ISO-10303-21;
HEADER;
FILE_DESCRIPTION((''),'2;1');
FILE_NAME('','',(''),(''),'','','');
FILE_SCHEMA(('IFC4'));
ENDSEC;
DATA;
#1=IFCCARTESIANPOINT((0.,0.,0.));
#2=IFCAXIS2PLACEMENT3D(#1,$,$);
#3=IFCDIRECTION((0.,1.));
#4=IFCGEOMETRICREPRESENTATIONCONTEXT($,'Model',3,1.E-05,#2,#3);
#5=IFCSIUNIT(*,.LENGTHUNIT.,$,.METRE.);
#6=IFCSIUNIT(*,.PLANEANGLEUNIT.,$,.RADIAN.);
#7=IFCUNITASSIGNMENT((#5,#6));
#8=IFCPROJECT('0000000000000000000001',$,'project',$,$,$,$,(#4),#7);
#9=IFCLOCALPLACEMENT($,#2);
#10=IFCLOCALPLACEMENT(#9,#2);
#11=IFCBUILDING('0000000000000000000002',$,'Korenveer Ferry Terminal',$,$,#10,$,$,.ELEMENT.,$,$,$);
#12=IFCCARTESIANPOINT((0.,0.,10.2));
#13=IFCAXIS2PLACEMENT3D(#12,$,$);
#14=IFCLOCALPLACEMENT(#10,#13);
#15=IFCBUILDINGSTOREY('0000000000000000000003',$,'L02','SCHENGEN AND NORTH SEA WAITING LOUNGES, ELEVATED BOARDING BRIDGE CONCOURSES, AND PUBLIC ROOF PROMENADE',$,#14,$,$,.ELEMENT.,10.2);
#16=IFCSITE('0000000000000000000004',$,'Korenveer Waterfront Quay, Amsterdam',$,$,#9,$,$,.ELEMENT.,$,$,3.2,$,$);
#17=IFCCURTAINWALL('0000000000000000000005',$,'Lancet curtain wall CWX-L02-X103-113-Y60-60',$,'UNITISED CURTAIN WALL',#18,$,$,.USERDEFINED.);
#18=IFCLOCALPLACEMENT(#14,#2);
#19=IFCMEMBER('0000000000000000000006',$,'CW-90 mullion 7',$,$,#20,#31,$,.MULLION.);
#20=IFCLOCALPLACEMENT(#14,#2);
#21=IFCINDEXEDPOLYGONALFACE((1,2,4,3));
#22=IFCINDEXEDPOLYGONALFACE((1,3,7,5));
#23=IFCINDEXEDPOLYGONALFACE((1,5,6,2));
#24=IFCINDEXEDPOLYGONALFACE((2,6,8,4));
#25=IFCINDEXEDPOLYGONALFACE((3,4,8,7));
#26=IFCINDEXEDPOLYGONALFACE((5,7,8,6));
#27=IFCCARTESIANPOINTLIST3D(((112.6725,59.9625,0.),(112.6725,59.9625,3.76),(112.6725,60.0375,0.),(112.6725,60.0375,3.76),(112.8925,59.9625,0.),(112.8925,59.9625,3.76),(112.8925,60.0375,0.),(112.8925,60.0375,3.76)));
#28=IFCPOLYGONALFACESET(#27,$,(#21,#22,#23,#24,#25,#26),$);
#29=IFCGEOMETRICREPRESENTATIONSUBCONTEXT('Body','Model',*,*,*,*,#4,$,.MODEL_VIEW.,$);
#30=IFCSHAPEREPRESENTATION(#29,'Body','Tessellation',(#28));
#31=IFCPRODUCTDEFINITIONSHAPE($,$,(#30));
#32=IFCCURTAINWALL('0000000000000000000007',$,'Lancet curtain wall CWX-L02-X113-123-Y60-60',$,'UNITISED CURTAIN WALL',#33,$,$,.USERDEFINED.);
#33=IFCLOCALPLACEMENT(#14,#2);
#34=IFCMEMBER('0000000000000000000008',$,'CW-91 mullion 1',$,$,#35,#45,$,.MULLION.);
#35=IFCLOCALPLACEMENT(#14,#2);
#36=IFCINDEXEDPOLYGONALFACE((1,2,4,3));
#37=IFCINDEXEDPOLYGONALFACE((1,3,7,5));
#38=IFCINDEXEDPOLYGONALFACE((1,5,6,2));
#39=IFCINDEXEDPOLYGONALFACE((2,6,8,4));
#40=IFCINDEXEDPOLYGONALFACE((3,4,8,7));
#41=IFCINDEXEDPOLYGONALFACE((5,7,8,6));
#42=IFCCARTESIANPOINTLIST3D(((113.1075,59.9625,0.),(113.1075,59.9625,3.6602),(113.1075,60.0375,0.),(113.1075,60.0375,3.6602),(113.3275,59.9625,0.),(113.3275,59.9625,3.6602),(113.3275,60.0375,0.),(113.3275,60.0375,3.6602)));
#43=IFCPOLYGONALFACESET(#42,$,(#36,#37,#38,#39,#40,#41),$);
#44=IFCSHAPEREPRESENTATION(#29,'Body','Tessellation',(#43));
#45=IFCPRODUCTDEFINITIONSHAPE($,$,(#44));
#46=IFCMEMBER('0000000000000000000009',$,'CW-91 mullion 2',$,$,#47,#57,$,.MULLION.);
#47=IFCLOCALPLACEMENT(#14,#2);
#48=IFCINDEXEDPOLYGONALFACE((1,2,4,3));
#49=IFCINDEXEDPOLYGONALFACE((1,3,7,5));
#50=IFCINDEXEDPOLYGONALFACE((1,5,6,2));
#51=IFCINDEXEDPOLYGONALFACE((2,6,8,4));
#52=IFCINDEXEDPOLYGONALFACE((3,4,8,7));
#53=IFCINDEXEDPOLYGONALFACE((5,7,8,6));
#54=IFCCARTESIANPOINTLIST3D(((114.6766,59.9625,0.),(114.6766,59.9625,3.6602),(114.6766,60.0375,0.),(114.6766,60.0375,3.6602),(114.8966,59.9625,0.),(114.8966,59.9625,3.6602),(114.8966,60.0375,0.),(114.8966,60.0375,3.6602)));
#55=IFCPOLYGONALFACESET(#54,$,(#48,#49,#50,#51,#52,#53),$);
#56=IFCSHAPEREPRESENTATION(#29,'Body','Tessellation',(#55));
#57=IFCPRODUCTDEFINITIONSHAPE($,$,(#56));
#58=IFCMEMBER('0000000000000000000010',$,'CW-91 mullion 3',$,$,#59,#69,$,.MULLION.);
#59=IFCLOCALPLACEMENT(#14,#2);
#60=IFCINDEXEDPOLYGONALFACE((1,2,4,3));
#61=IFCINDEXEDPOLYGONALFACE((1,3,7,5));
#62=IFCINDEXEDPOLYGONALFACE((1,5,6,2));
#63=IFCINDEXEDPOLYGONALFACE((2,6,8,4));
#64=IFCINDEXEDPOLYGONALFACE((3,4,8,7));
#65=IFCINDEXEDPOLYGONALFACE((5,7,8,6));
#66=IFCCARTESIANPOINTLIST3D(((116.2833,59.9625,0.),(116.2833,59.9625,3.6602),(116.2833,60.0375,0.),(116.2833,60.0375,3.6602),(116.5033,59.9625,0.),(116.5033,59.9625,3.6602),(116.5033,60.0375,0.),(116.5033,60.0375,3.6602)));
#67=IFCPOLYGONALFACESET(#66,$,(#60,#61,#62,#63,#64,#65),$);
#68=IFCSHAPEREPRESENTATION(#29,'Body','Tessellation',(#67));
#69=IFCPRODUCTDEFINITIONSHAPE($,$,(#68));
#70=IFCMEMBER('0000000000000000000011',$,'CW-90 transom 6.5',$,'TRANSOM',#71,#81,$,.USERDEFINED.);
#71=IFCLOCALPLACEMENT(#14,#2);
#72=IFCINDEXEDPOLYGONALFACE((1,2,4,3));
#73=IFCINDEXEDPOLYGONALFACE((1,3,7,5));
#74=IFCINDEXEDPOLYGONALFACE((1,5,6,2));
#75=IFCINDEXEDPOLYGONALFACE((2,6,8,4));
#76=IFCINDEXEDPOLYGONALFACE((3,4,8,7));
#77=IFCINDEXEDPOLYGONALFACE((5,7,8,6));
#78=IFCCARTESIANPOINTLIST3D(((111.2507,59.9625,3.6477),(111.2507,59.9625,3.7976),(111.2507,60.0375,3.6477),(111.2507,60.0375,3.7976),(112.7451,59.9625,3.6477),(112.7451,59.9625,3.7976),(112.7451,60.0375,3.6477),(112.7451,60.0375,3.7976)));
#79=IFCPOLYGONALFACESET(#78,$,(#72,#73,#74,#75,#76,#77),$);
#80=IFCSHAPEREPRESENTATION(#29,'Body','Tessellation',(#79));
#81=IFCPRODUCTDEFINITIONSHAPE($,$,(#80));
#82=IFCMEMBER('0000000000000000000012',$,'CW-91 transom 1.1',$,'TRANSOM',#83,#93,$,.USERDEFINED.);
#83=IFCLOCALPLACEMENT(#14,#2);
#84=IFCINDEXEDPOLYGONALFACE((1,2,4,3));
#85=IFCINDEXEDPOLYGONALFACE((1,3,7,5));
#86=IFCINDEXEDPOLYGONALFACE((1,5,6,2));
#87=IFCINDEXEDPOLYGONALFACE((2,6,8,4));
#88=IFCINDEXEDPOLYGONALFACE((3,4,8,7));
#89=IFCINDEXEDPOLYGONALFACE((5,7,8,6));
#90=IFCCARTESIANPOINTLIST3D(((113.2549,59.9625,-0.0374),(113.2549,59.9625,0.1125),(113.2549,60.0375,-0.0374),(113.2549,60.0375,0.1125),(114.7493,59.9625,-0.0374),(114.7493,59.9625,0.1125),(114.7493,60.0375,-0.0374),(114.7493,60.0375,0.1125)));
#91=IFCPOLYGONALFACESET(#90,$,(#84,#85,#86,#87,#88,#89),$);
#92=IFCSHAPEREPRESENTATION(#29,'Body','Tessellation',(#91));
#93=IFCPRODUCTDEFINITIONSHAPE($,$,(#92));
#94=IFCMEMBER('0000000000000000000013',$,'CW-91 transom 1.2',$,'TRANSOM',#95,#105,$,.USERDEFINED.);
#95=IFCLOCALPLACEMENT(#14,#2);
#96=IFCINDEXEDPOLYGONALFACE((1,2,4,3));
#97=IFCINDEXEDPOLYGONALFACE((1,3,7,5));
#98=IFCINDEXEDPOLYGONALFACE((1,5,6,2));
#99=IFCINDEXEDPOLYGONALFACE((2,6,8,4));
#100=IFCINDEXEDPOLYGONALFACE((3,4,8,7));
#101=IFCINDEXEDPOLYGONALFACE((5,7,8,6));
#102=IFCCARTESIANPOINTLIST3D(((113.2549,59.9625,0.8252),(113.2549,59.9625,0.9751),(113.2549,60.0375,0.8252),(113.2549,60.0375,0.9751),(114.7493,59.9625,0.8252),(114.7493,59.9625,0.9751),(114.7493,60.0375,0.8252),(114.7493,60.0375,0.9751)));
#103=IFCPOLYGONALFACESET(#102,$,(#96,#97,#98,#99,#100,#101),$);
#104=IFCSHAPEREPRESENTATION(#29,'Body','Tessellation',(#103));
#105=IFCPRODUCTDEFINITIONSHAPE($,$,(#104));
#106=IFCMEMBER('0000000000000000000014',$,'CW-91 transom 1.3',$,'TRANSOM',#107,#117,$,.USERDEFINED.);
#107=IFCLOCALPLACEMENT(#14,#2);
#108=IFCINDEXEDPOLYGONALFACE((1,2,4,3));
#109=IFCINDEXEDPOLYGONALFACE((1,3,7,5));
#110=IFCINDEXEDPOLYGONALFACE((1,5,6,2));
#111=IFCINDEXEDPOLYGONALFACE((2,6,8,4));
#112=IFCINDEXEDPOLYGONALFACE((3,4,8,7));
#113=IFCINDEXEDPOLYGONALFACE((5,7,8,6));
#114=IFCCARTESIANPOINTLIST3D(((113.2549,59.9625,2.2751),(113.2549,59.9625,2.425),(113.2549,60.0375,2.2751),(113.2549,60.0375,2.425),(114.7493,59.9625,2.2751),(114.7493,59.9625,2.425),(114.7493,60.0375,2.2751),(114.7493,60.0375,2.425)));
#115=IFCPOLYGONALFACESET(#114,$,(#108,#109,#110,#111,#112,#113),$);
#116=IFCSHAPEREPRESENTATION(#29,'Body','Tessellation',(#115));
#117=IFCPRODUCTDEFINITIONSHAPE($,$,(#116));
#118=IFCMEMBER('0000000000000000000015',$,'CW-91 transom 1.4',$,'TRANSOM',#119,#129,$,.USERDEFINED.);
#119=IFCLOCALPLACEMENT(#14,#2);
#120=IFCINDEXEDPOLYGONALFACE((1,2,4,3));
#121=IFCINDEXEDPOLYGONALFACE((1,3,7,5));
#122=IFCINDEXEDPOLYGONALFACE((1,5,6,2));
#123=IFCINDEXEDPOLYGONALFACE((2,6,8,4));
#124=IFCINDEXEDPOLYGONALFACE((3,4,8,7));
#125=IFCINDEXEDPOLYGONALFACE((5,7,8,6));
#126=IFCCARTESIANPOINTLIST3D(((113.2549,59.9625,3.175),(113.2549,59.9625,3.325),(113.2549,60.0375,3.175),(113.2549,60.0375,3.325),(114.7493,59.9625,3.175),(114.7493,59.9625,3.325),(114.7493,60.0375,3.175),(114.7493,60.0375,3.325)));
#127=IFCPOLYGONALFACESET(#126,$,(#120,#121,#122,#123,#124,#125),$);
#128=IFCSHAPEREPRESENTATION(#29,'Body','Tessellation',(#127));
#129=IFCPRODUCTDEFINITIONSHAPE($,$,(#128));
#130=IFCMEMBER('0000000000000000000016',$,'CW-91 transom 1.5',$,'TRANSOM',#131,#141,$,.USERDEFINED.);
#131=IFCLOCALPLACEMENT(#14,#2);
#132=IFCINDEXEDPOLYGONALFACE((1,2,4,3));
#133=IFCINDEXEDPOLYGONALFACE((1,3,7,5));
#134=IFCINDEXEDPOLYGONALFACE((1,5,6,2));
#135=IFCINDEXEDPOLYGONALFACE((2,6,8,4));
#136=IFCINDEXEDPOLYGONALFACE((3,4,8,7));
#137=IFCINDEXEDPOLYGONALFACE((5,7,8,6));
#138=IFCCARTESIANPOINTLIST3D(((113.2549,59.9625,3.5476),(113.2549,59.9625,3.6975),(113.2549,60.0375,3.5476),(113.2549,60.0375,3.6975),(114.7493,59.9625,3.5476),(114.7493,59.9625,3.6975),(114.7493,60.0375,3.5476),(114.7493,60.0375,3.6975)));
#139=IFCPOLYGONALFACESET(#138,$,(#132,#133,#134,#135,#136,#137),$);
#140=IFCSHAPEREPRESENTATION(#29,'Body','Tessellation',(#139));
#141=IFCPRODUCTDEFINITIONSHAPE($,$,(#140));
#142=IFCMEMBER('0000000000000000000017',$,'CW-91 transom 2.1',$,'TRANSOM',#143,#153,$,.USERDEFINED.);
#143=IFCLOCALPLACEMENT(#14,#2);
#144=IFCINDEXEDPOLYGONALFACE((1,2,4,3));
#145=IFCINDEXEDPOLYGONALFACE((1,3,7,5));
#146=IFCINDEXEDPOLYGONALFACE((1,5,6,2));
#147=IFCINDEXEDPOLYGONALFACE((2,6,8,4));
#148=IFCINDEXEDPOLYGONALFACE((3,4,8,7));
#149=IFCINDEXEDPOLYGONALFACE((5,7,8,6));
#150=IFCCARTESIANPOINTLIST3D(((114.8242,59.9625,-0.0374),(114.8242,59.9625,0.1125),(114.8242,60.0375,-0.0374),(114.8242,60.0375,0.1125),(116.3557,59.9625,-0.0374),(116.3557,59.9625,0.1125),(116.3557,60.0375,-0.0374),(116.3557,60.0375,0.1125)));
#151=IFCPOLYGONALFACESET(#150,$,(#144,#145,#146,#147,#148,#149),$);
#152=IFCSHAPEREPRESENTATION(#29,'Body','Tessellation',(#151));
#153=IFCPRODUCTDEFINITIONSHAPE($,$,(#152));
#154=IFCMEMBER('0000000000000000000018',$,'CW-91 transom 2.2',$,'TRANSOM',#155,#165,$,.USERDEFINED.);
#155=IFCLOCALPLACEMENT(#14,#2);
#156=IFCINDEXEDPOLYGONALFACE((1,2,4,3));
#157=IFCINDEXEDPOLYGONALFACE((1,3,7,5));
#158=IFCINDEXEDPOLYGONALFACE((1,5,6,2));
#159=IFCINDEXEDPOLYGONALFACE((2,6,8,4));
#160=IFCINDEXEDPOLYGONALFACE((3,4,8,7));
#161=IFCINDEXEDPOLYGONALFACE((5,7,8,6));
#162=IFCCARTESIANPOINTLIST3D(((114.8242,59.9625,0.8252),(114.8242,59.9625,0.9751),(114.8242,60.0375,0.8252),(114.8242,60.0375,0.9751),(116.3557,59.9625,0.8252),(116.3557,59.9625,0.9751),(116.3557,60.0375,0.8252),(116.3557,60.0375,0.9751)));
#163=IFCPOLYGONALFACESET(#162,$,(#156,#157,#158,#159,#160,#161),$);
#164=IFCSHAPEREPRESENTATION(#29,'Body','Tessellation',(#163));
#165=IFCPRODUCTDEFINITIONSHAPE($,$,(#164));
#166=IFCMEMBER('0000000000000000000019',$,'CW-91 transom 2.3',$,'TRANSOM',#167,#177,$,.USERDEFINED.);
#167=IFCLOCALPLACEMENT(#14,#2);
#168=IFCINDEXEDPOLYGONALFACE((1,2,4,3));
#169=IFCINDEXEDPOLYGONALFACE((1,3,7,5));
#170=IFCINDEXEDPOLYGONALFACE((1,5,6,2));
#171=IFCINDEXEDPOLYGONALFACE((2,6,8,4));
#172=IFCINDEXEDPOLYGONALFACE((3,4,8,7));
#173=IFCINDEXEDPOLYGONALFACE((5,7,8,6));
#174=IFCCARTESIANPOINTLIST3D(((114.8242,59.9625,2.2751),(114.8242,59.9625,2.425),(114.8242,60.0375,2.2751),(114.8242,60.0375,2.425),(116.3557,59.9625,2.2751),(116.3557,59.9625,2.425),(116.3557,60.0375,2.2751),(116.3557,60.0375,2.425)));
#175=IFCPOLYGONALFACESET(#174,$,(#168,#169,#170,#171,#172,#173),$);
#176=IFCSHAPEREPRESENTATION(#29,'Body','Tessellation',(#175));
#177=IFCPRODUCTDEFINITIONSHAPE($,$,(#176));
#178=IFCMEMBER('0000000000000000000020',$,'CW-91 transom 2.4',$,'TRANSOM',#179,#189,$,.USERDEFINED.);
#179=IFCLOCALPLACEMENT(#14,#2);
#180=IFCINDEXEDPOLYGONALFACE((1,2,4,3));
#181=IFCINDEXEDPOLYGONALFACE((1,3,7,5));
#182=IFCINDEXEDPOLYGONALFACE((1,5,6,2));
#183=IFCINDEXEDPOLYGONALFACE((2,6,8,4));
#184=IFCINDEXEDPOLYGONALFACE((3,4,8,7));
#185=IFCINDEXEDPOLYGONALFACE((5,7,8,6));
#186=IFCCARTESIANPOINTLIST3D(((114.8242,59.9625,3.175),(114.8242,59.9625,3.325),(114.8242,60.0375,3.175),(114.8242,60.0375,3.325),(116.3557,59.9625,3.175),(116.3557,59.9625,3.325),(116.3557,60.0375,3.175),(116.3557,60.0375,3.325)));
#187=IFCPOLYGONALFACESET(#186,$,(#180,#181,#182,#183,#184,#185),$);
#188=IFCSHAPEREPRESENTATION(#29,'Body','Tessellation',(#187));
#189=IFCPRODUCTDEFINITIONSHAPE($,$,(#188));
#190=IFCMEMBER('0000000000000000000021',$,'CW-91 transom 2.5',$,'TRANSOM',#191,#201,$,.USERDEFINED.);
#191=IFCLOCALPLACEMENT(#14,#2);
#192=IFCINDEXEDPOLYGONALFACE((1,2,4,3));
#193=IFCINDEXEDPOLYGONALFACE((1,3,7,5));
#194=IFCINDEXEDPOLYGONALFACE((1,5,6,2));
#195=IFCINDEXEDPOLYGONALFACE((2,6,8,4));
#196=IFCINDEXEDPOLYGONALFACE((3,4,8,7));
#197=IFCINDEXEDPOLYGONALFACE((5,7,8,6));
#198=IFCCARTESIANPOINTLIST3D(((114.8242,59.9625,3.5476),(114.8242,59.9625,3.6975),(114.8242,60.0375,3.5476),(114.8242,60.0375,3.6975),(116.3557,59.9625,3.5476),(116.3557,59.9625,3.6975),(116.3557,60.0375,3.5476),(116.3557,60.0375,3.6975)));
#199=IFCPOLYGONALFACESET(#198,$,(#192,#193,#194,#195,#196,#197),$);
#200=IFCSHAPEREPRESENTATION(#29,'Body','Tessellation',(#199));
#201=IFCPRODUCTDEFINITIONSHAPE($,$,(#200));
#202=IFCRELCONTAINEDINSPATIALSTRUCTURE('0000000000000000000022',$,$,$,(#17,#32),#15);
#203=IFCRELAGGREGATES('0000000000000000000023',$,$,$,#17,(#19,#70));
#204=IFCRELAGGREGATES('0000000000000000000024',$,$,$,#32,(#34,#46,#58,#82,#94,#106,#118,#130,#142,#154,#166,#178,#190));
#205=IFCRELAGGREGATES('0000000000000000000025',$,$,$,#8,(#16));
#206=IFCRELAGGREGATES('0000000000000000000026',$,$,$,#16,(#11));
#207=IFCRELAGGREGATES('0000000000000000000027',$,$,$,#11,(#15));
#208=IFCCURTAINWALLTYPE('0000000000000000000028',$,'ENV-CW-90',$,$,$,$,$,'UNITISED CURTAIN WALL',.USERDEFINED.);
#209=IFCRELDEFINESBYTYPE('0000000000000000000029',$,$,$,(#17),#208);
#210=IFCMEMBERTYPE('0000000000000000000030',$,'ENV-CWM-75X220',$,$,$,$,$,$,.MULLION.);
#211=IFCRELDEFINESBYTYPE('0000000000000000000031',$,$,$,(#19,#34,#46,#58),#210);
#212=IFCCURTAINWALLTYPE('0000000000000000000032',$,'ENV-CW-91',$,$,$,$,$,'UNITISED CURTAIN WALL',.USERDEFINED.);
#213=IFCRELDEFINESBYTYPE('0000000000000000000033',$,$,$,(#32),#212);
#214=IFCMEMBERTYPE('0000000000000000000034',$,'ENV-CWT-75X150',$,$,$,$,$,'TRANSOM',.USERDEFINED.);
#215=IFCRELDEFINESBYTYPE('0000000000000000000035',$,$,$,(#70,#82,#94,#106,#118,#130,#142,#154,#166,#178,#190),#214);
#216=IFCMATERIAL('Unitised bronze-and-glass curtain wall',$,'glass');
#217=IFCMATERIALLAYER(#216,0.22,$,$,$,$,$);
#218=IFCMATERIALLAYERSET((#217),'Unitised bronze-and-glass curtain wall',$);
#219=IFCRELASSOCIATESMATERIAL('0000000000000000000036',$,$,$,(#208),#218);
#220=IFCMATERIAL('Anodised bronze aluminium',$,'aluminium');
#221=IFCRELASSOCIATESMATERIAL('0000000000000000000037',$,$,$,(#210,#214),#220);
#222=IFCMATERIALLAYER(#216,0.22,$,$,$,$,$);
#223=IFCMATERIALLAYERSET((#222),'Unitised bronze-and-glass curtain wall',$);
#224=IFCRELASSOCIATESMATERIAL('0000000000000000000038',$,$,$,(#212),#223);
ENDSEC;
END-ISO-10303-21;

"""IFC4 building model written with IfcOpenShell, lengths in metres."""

from ifc_helpers import new_model, si_unit, direction, frame, origin, origin_2d, place, context, subcontext, project, spatial, rectangle, extrude, material, layer, layer_set, material_profile, profile_set, type_object, element, aggregate, save


model = new_model("IFC4")

# Units and contexts
model_context = context("Model", 3, precision=1e-05, world=origin(), true_north=direction((0.0, 1.0)))
body_context = subcontext(model_context, "Body", "Model", "MODEL_VIEW")
ifc_project = project(units=[si_unit("LENGTHUNIT", "METRE"), si_unit("PLANEANGLEUNIT", "RADIAN")], contexts=[model_context])

# Site, building, storey
site_placement = place(None, origin())
site = spatial("IfcSite", under=ifc_project, at=site_placement, Name="Korenveer Waterfront Quay, Amsterdam", CompositionType="ELEMENT", RefElevation=3.2)
building_placement = place(site_placement, origin())
building = spatial("IfcBuilding", under=site, at=building_placement, Name="Korenveer Ferry Terminal", CompositionType="ELEMENT")
storey_placement = place(building_placement, frame((0.0, 0.0, 10.2)))
storey = spatial("IfcBuildingStorey", under=building, at=storey_placement, Name="L02", Description="SCHENGEN AND NORTH SEA WAITING LOUNGES, ELEVATED BOARDING BRIDGE CONCOURSES, AND PUBLIC ROOF PROMENADE", CompositionType="ELEMENT", Elevation=10.2)

# Curtain wall, member
ifc_material_1 = material(Name="Unitised bronze-and-glass curtain wall", Category="glass")
ifc_layer_1 = layer(ifc_material_1, 0.22)
ifc_layer_set_1 = layer_set([ifc_layer_1], Name="Unitised bronze-and-glass curtain wall")
curtain_wall_type_1 = type_object("IfcCurtainWallType", Name="ENV-CW-90", ElementType="UNITISED CURTAIN WALL", PredefinedType="USERDEFINED", material=ifc_layer_set_1)
curtain_wall_1_placement = place(storey_placement, frame((103.1799, 60.0, 0.0)))
curtain_wall_1 = element("IfcCurtainWall", 1, at=curtain_wall_1_placement, inside=storey, type_object=curtain_wall_type_1, Name="Lancet curtain wall CWX-L02-X103-113-Y60-60", ObjectType="UNITISED CURTAIN WALL", PredefinedType="USERDEFINED")
ifc_material_2 = material(Name="Anodised bronze aluminium", Category="aluminium")
ifc_material_profile_1 = material_profile(ifc_material_2, rectangle(XDim=0.075, YDim=0.22, at=origin_2d()), Name="ALU 75x220")
ifc_profile_set_1 = profile_set([ifc_material_profile_1], Name="Anodised bronze aluminium")
member_type_1 = type_object("IfcMemberType", Name="ENV-CWM-75X220", PredefinedType="MULLION", material=ifc_profile_set_1)
member_1_placement = place(storey_placement, frame((112.7825, 60.0, 0.0), z_axis=(0.0, 0.0, 1.0), x_axis=(0.0, 1.0, 0.0)))
member_1 = element("IfcMember", 2, at=member_1_placement, type_object=member_type_1, Name="CW-90 mullion 7", PredefinedType="MULLION", context=body_context, shape_type="SweptSolid", body=[
    extrude(rectangle(XDim=0.075, YDim=0.22, at=origin_2d()), origin(), (0.0, 0.0, 1.0), 3.76),
])

# Curtain wall, members
ifc_layer_2 = layer(ifc_material_1, 0.22)
ifc_layer_set_2 = layer_set([ifc_layer_2], Name="Unitised bronze-and-glass curtain wall")
curtain_wall_type_2 = type_object("IfcCurtainWallType", Name="ENV-CW-91", ElementType="UNITISED CURTAIN WALL", PredefinedType="USERDEFINED", material=ifc_layer_set_2)
curtain_wall_2_placement = place(storey_placement, frame((113.1799, 60.0, 0.0)))
curtain_wall_2 = element("IfcCurtainWall", 3, at=curtain_wall_2_placement, inside=storey, type_object=curtain_wall_type_2, Name="Lancet curtain wall CWX-L02-X113-123-Y60-60", ObjectType="UNITISED CURTAIN WALL", PredefinedType="USERDEFINED")
member_2_placement = place(storey_placement, frame((113.2175, 60.0, 0.0), z_axis=(0.0, 0.0, 1.0), x_axis=(0.0, 1.0, 0.0)))
member_2 = element("IfcMember", 4, at=member_2_placement, type_object=member_type_1, Name="CW-91 mullion 1", PredefinedType="MULLION", context=body_context, shape_type="SweptSolid", body=[
    extrude(rectangle(XDim=0.075, YDim=0.22, at=origin_2d()), origin(), (0.0, 0.0, 1.0), 3.6602),
])
member_3_placement = place(storey_placement, frame((114.7866, 60.0, 0.0), z_axis=(0.0, 0.0, 1.0), x_axis=(0.0, 1.0, 0.0)))
member_3 = element("IfcMember", 5, at=member_3_placement, type_object=member_type_1, Name="CW-91 mullion 2", PredefinedType="MULLION", context=body_context, shape_type="SweptSolid", body=[
    extrude(rectangle(XDim=0.075, YDim=0.22, at=origin_2d()), origin(), (0.0, 0.0, 1.0), 3.6602),
])
member_4_placement = place(storey_placement, frame((116.3933, 60.0, 0.0), z_axis=(0.0, 0.0, 1.0), x_axis=(0.0, 1.0, 0.0)))
member_4 = element("IfcMember", 6, at=member_4_placement, type_object=member_type_1, Name="CW-91 mullion 3", PredefinedType="MULLION", context=body_context, shape_type="SweptSolid", body=[
    extrude(rectangle(XDim=0.075, YDim=0.22, at=origin_2d()), origin(), (0.0, 0.0, 1.0), 3.6602),
])

# Members
ifc_material_profile_2 = material_profile(ifc_material_2, rectangle(XDim=0.075, YDim=0.1499, at=origin_2d()), Name="ALU 75x150")
ifc_profile_set_2 = profile_set([ifc_material_profile_2], Name="Anodised bronze aluminium")
member_type_2 = type_object("IfcMemberType", Name="ENV-CWT-75X150", ElementType="TRANSOM", PredefinedType="USERDEFINED", material=ifc_profile_set_2)
member_5_placement = place(storey_placement, frame((111.2507, 60.0, 3.7227), z_axis=(1.0, 0.0, 0.0), x_axis=(0.0, 1.0, 0.0)))
member_5 = element("IfcMember", 7, at=member_5_placement, type_object=member_type_2, Name="CW-90 transom 6.5", ObjectType="TRANSOM", PredefinedType="USERDEFINED", context=body_context, shape_type="SweptSolid", body=[
    extrude(rectangle(XDim=0.075, YDim=0.1499, at=origin_2d()), origin(), (0.0, 0.0, 1.0), 1.4944),
])
member_6_placement = place(storey_placement, frame((113.2549, 60.0, 0.0376), z_axis=(1.0, 0.0, 0.0), x_axis=(0.0, 1.0, 0.0)))
member_6 = element("IfcMember", 8, at=member_6_placement, type_object=member_type_2, Name="CW-91 transom 1.1", ObjectType="TRANSOM", PredefinedType="USERDEFINED", context=body_context, shape_type="SweptSolid", body=[
    extrude(rectangle(XDim=0.075, YDim=0.1499, at=origin_2d()), origin(), (0.0, 0.0, 1.0), 1.4944),
])
member_7_placement = place(storey_placement, frame((113.2549, 60.0, 0.9001), z_axis=(1.0, 0.0, 0.0), x_axis=(0.0, 1.0, 0.0)))
member_7 = element("IfcMember", 9, at=member_7_placement, type_object=member_type_2, Name="CW-91 transom 1.2", ObjectType="TRANSOM", PredefinedType="USERDEFINED", context=body_context, shape_type="SweptSolid", body=[
    extrude(rectangle(XDim=0.075, YDim=0.1499, at=origin_2d()), origin(), (0.0, 0.0, 1.0), 1.4944),
])
member_8_placement = place(storey_placement, frame((113.2549, 60.0, 2.3501), z_axis=(1.0, 0.0, 0.0), x_axis=(0.0, 1.0, 0.0)))
member_8 = element("IfcMember", 10, at=member_8_placement, type_object=member_type_2, Name="CW-91 transom 1.3", ObjectType="TRANSOM", PredefinedType="USERDEFINED", context=body_context, shape_type="SweptSolid", body=[
    extrude(rectangle(XDim=0.075, YDim=0.1499, at=origin_2d()), origin(), (0.0, 0.0, 1.0), 1.4944),
])
member_9_placement = place(storey_placement, frame((113.2549, 60.0, 3.25), z_axis=(1.0, 0.0, 0.0), x_axis=(0.0, 1.0, 0.0)))
member_9 = element("IfcMember", 11, at=member_9_placement, type_object=member_type_2, Name="CW-91 transom 1.4", ObjectType="TRANSOM", PredefinedType="USERDEFINED", context=body_context, shape_type="SweptSolid", body=[
    extrude(rectangle(XDim=0.075, YDim=0.1499, at=origin_2d()), origin(), (0.0, 0.0, 1.0), 1.4944),
])
member_10_placement = place(storey_placement, frame((113.2549, 60.0, 3.6226), z_axis=(1.0, 0.0, 0.0), x_axis=(0.0, 1.0, 0.0)))
member_10 = element("IfcMember", 12, at=member_10_placement, type_object=member_type_2, Name="CW-91 transom 1.5", ObjectType="TRANSOM", PredefinedType="USERDEFINED", context=body_context, shape_type="SweptSolid", body=[
    extrude(rectangle(XDim=0.075, YDim=0.1499, at=origin_2d()), origin(), (0.0, 0.0, 1.0), 1.4944),
])
member_11_placement = place(storey_placement, frame((114.8242, 60.0, 0.0376), z_axis=(1.0, 0.0, 0.0), x_axis=(0.0, 1.0, 0.0)))
member_11 = element("IfcMember", 13, at=member_11_placement, type_object=member_type_2, Name="CW-91 transom 2.1", ObjectType="TRANSOM", PredefinedType="USERDEFINED", context=body_context, shape_type="SweptSolid", body=[
    extrude(rectangle(XDim=0.075, YDim=0.1499, at=origin_2d()), origin(), (0.0, 0.0, 1.0), 1.5315),
])
member_12_placement = place(storey_placement, frame((114.8242, 60.0, 0.9001), z_axis=(1.0, 0.0, 0.0), x_axis=(0.0, 1.0, 0.0)))
member_12 = element("IfcMember", 14, at=member_12_placement, type_object=member_type_2, Name="CW-91 transom 2.2", ObjectType="TRANSOM", PredefinedType="USERDEFINED", context=body_context, shape_type="SweptSolid", body=[
    extrude(rectangle(XDim=0.075, YDim=0.1499, at=origin_2d()), origin(), (0.0, 0.0, 1.0), 1.5315),
])
member_13_placement = place(storey_placement, frame((114.8242, 60.0, 2.3501), z_axis=(1.0, 0.0, 0.0), x_axis=(0.0, 1.0, 0.0)))
member_13 = element("IfcMember", 15, at=member_13_placement, type_object=member_type_2, Name="CW-91 transom 2.3", ObjectType="TRANSOM", PredefinedType="USERDEFINED", context=body_context, shape_type="SweptSolid", body=[
    extrude(rectangle(XDim=0.075, YDim=0.1499, at=origin_2d()), origin(), (0.0, 0.0, 1.0), 1.5315),
])
member_14_placement = place(storey_placement, frame((114.8242, 60.0, 3.25), z_axis=(1.0, 0.0, 0.0), x_axis=(0.0, 1.0, 0.0)))
member_14 = element("IfcMember", 16, at=member_14_placement, type_object=member_type_2, Name="CW-91 transom 2.4", ObjectType="TRANSOM", PredefinedType="USERDEFINED", context=body_context, shape_type="SweptSolid", body=[
    extrude(rectangle(XDim=0.075, YDim=0.1499, at=origin_2d()), origin(), (0.0, 0.0, 1.0), 1.5315),
])
member_15_placement = place(storey_placement, frame((114.8242, 60.0, 3.6226), z_axis=(1.0, 0.0, 0.0), x_axis=(0.0, 1.0, 0.0)))
member_15 = element("IfcMember", 17, at=member_15_placement, type_object=member_type_2, Name="CW-91 transom 2.5", ObjectType="TRANSOM", PredefinedType="USERDEFINED", context=body_context, shape_type="SweptSolid", body=[
    extrude(rectangle(XDim=0.075, YDim=0.1499, at=origin_2d()), origin(), (0.0, 0.0, 1.0), 1.5315),
])

aggregate(curtain_wall_1, [member_1, member_5])
aggregate(curtain_wall_2, [member_2, member_3, member_4, member_6, member_7, member_8, member_9, member_10, member_11, member_12, member_13, member_14, member_15])

save(model, "model.ifc")
